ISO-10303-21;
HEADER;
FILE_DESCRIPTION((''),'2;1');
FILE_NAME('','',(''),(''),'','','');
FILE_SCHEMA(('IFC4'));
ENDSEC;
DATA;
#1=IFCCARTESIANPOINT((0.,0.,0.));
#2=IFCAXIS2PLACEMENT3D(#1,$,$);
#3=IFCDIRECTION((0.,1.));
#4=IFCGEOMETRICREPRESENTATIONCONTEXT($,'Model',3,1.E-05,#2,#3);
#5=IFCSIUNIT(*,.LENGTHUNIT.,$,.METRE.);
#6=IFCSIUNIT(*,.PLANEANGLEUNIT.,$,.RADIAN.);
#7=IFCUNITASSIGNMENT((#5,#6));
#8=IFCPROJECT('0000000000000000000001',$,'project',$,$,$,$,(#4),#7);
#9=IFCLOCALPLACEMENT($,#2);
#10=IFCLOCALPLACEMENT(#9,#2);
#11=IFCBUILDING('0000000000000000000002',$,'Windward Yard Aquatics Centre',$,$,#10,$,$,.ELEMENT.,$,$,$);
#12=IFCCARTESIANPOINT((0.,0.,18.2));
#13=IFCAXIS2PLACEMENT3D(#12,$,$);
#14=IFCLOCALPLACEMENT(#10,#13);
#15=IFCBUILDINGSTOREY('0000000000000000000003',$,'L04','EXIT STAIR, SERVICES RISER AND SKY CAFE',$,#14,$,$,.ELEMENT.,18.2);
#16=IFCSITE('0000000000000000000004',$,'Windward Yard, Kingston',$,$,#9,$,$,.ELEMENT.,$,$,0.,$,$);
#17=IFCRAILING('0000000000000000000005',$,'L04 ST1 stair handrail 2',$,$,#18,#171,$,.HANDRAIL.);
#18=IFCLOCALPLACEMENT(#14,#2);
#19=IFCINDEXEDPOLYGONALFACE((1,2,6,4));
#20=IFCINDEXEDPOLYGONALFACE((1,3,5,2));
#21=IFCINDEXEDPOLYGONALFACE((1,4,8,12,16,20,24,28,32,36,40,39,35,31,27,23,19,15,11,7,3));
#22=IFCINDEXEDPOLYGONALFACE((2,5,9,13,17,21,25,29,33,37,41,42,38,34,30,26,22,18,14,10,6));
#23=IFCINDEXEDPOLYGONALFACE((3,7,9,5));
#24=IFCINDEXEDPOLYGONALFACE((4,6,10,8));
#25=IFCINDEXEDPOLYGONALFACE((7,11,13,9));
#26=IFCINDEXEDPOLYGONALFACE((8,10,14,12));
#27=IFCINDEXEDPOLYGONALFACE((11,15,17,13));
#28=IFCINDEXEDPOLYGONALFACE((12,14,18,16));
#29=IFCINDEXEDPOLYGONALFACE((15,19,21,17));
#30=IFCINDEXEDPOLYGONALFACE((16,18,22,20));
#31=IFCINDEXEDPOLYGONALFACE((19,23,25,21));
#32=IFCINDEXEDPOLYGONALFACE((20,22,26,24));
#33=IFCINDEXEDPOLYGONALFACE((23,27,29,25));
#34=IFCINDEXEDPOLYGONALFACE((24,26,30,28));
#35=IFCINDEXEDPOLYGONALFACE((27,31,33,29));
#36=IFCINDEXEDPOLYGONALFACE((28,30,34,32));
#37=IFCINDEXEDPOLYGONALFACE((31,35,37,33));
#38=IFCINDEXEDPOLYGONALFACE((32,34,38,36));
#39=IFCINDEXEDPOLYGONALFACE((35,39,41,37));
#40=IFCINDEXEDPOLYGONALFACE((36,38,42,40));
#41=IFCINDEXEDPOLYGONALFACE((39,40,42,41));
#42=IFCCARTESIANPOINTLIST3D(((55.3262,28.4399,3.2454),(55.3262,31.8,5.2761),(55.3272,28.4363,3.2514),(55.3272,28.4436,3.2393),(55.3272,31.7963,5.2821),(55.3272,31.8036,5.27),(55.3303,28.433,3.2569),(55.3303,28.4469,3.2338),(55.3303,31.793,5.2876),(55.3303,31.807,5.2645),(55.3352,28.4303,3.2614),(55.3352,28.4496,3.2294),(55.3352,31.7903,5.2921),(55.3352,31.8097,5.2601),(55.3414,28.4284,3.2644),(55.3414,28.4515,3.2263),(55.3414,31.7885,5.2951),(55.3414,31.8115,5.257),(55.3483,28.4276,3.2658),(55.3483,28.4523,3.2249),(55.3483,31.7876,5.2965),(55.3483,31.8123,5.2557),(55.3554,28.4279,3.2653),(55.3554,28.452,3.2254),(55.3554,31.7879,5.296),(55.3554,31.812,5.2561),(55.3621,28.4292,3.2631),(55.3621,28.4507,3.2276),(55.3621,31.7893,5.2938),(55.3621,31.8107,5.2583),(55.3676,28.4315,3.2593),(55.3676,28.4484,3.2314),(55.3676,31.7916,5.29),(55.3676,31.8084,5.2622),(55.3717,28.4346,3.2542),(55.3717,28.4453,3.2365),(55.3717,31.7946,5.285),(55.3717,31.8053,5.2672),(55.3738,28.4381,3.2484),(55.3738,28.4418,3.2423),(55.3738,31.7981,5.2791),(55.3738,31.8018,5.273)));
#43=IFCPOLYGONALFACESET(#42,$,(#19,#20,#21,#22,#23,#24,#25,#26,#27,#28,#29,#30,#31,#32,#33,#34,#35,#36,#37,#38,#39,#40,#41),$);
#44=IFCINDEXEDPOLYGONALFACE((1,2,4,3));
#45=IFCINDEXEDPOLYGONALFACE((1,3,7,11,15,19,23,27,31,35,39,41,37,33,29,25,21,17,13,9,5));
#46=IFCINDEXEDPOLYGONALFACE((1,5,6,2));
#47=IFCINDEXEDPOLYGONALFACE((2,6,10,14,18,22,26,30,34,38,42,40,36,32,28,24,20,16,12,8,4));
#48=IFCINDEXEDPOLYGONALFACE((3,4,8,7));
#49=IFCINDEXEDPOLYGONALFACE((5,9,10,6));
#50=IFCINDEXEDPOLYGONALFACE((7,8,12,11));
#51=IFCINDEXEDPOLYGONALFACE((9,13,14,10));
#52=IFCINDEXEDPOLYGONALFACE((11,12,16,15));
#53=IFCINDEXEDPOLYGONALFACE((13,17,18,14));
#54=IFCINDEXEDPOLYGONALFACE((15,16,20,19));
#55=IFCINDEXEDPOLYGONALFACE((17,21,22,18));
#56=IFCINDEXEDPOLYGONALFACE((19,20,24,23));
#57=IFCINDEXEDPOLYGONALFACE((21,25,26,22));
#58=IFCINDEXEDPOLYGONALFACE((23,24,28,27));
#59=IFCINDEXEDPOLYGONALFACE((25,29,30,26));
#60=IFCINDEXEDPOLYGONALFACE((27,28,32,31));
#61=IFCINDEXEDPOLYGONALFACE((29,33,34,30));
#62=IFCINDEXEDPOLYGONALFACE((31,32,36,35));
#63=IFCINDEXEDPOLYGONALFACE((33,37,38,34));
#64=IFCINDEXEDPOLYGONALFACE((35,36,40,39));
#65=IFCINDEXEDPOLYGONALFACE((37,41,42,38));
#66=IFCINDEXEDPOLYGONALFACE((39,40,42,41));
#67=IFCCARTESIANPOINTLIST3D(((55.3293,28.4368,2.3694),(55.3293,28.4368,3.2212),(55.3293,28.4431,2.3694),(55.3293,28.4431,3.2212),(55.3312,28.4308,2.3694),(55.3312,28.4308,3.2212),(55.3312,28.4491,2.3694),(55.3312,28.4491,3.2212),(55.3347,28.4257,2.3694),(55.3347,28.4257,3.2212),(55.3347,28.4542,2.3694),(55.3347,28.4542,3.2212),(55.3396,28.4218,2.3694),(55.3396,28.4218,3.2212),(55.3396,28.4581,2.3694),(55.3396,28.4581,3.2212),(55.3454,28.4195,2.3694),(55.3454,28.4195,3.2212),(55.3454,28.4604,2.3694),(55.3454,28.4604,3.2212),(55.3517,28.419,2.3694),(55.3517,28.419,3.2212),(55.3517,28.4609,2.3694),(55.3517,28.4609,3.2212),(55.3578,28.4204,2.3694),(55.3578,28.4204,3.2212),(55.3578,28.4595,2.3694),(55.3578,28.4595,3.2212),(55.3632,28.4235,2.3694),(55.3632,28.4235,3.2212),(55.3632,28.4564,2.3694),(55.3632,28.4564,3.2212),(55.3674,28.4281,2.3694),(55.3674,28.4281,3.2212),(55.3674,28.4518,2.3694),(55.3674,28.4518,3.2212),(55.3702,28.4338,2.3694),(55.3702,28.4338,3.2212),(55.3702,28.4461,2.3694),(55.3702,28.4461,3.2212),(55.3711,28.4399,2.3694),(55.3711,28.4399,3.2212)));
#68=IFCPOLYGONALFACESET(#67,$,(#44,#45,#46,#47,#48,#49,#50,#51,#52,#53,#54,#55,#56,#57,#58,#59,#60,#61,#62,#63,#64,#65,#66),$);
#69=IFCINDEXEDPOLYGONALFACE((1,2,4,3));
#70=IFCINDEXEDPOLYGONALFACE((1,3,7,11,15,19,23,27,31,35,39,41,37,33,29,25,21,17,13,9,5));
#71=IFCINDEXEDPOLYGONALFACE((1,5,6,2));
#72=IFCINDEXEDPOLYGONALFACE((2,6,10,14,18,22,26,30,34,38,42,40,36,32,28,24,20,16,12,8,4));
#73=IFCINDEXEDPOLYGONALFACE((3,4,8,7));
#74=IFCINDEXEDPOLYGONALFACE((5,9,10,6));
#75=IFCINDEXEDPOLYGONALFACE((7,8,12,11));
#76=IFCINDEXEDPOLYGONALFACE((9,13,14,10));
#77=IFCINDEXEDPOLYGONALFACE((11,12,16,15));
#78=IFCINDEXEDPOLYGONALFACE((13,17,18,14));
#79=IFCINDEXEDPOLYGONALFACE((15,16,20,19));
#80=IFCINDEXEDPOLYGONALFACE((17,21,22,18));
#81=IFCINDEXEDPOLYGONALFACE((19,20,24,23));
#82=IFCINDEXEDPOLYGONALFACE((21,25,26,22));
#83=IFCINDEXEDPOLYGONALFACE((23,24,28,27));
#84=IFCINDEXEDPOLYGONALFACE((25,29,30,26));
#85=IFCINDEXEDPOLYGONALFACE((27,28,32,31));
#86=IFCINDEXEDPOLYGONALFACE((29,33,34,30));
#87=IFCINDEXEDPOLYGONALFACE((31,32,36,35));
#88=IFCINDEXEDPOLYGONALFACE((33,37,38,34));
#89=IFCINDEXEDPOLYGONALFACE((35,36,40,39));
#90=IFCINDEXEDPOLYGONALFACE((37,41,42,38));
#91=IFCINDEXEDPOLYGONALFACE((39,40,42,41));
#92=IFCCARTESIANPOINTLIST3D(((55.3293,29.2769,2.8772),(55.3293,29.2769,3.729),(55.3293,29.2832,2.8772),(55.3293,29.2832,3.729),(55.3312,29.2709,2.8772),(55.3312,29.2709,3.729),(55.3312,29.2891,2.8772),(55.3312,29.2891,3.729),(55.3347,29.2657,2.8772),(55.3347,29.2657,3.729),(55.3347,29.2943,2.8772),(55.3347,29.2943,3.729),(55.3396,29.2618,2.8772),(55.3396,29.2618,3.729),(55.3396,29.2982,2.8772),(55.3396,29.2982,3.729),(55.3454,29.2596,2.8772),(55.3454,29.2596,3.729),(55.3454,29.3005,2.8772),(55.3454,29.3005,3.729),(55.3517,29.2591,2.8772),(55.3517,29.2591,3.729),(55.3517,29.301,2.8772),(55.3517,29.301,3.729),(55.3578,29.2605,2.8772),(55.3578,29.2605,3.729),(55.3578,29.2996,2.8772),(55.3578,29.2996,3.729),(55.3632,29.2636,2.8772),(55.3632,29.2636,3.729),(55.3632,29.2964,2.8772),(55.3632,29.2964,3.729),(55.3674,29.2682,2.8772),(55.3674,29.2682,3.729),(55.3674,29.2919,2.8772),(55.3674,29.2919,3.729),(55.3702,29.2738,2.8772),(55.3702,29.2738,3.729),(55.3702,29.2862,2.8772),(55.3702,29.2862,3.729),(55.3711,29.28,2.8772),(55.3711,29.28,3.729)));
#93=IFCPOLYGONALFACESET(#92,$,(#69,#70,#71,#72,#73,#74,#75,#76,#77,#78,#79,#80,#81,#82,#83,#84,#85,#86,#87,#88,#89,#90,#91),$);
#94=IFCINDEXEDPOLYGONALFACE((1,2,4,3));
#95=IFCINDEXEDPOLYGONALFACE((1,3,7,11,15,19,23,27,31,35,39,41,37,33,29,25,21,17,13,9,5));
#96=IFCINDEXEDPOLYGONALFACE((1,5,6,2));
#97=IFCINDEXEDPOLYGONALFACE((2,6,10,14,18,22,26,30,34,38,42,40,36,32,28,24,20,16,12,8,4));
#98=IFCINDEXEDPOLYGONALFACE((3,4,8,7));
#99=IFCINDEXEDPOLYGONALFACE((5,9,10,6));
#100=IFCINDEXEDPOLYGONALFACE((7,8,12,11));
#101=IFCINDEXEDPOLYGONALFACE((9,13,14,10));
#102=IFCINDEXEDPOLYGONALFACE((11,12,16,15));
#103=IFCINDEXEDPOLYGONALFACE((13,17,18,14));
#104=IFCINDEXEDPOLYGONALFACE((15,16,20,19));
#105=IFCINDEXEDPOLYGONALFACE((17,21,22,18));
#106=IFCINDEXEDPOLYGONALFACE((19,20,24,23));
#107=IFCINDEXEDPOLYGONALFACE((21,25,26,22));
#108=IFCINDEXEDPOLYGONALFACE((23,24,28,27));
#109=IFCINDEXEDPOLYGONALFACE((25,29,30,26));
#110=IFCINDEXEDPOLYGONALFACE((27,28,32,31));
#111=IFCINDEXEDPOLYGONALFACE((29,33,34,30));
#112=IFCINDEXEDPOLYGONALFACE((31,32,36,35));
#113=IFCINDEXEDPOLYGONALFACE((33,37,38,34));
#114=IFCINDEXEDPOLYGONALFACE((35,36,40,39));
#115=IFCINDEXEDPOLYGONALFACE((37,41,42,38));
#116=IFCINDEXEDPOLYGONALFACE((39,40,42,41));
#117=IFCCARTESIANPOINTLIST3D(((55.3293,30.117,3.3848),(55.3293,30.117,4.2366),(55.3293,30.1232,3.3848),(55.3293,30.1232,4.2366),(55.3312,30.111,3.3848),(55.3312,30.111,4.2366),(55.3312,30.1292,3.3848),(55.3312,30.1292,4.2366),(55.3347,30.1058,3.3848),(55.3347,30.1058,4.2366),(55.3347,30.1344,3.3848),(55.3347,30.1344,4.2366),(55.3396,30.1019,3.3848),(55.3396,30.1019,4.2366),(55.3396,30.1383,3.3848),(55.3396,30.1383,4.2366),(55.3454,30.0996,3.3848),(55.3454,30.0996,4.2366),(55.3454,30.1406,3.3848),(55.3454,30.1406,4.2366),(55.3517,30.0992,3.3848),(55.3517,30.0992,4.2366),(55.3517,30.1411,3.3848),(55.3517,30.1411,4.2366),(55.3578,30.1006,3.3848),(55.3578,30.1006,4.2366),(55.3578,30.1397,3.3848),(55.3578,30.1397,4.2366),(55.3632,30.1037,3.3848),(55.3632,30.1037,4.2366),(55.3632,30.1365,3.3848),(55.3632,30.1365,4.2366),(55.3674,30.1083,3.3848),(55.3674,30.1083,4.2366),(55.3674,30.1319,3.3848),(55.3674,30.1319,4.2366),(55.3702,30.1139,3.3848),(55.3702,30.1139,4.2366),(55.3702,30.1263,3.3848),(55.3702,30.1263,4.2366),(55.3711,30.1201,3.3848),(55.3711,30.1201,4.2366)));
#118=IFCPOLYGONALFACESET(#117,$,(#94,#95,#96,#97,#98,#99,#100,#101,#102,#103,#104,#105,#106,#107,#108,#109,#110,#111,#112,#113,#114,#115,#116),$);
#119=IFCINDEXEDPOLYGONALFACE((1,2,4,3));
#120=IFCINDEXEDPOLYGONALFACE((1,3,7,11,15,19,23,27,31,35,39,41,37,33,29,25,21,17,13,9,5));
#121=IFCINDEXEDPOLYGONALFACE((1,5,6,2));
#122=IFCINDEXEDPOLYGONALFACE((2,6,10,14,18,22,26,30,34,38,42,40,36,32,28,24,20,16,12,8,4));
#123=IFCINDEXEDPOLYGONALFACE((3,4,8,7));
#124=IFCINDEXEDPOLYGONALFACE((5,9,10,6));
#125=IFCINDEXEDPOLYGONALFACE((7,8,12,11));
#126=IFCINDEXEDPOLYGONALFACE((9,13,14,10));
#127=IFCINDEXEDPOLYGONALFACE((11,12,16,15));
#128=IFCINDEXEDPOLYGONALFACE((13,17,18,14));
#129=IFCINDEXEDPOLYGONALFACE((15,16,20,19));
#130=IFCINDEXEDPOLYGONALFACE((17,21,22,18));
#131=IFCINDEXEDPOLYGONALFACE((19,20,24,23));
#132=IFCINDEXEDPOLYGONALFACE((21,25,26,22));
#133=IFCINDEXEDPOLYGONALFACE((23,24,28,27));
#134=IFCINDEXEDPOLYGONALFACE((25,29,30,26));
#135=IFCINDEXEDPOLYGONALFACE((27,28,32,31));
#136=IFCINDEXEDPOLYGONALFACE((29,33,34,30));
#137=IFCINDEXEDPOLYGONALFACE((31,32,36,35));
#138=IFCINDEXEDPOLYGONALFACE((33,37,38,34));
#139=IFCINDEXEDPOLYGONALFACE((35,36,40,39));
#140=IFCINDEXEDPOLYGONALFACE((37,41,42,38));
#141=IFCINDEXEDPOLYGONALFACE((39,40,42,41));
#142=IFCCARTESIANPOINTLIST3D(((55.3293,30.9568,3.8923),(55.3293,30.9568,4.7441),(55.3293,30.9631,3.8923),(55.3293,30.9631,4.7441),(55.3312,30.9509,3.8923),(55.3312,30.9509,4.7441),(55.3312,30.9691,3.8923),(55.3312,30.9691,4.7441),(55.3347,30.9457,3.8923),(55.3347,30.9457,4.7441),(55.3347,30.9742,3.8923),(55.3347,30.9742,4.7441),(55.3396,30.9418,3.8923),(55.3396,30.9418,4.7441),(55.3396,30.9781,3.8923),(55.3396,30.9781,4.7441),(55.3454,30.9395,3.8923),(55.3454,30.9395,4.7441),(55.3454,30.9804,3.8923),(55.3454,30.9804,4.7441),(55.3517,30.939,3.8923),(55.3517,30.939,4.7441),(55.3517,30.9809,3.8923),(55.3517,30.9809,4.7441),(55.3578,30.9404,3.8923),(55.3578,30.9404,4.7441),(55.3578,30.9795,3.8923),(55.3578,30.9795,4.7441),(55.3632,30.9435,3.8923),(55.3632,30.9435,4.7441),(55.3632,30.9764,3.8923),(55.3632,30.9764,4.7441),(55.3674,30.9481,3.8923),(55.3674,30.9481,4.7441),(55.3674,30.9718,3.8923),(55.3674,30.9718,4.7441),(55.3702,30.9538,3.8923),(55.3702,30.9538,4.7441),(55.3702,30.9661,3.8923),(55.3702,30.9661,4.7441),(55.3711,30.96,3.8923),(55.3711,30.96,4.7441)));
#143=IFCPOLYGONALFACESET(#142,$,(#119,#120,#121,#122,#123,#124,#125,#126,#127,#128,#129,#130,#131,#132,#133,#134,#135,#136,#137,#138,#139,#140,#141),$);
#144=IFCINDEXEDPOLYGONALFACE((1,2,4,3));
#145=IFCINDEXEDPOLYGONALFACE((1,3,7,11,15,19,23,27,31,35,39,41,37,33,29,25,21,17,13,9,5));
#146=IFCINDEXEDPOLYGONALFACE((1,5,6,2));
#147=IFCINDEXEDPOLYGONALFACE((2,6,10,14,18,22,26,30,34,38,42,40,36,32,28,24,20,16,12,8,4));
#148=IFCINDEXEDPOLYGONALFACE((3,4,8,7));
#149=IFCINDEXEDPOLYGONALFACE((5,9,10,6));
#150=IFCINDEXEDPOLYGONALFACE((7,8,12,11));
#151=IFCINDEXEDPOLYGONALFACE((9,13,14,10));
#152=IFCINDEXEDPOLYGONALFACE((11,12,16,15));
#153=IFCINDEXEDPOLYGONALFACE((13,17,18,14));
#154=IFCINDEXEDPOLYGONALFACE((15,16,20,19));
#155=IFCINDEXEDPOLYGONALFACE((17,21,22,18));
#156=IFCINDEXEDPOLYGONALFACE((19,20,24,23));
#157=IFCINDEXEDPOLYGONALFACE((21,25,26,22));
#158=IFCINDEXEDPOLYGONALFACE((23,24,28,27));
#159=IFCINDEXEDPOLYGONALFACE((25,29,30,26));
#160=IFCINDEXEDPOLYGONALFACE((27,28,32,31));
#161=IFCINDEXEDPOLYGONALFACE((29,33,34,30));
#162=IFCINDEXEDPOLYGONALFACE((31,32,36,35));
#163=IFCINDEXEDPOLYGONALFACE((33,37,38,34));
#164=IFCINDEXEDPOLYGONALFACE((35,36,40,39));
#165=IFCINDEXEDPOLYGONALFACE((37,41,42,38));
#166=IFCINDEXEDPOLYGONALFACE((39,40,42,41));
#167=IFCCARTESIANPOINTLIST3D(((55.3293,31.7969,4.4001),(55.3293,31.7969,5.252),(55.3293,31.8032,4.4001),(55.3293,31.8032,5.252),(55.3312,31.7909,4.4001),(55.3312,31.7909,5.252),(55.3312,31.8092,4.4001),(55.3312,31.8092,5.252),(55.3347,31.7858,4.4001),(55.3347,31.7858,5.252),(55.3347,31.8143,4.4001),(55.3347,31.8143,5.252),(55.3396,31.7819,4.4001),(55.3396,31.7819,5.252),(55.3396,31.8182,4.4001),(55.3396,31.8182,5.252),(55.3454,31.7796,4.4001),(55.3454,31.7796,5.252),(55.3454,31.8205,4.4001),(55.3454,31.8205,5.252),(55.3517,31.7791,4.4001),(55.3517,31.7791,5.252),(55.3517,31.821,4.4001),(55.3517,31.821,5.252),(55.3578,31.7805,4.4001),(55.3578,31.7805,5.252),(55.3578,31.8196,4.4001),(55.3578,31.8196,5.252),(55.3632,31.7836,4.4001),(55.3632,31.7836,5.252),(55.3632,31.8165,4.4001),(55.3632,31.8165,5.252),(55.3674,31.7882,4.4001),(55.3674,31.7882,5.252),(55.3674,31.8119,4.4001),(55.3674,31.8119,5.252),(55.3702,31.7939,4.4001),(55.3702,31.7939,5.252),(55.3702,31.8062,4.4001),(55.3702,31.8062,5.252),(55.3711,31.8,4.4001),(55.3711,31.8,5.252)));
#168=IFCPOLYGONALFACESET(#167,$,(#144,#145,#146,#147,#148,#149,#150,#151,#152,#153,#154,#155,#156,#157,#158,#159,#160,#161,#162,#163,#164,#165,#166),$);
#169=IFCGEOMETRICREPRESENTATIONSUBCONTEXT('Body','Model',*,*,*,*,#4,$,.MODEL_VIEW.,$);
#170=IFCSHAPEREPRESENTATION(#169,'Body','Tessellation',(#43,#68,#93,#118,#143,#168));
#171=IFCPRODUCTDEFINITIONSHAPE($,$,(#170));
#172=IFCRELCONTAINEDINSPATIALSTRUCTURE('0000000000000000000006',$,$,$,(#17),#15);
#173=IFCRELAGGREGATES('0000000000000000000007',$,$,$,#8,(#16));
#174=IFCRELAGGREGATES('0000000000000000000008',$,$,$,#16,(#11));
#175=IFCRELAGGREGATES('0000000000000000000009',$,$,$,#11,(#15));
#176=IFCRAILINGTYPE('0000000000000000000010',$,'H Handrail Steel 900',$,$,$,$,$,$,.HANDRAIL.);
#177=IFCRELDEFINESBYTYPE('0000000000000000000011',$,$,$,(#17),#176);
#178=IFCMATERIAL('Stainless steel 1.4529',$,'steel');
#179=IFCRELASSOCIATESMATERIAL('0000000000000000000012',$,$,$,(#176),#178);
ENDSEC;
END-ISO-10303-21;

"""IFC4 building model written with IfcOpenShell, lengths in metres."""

from ifc_helpers import new_model, si_unit, direction, frame, origin, origin_2d, place, context, subcontext, project, spatial, circle, extrude, material, type_object, element, save


model = new_model("IFC4")

# Units and contexts
model_context = context("Model", 3, precision=1e-05, world=origin(), true_north=direction((0.0, 1.0)))
body_context = subcontext(model_context, "Body", "Model", "MODEL_VIEW")
ifc_project = project(units=[si_unit("LENGTHUNIT", "METRE"), si_unit("PLANEANGLEUNIT", "RADIAN")], contexts=[model_context])

# Site, building, storey
site_placement = place(None, origin())
site = spatial("IfcSite", under=ifc_project, at=site_placement, Name="Windward Yard, Kingston", CompositionType="ELEMENT", RefElevation=0.0)
building_placement = place(site_placement, origin())
building = spatial("IfcBuilding", under=site, at=building_placement, Name="Windward Yard Aquatics Centre", CompositionType="ELEMENT")
storey_placement = place(building_placement, frame((0.0, 0.0, 18.2)))
storey = spatial("IfcBuildingStorey", under=building, at=storey_placement, Name="L04", Description="EXIT STAIR, SERVICES RISER AND SKY CAFE", CompositionType="ELEMENT", Elevation=18.2)

# Railing
ifc_material_1 = material(Name="Stainless steel 1.4529", Category="steel")
railing_type_1 = type_object("IfcRailingType", Name="H Handrail Steel 900", PredefinedType="HANDRAIL", material=ifc_material_1)
railing_1_placement = place(storey_placement, frame((55.3501, 28.4399, 2.3694)))
element("IfcRailing", 1, at=railing_1_placement, inside=storey, type_object=railing_type_1, Name="L04 ST1 stair handrail 2", PredefinedType="HANDRAIL", context=body_context, shape_type="SweptSolid", body=[
    extrude(circle(Radius=0.0239, at=origin_2d()), frame((0.0, 0.0, 0.876), z_axis=(0.0, 0.855837, 0.517246), x_axis=(-1.0, 0.0, 0.0)), (0.0, 0.0, 1.0), 3.926),
    extrude(circle(Radius=0.021, at=origin_2d()), origin(), (0.0, 0.0, 1.0), 0.8518),
    extrude(circle(Radius=0.021, at=origin_2d()), frame((0.0, 0.8401, 0.5078)), (0.0, 0.0, 1.0), 0.8518),
    extrude(circle(Radius=0.021, at=origin_2d()), frame((0.0, 1.6802, 1.0154)), (0.0, 0.0, 1.0), 0.8518),
    extrude(circle(Radius=0.021, at=origin_2d()), frame((0.0, 2.52, 1.5229)), (0.0, 0.0, 1.0), 0.8518),
    extrude(circle(Radius=0.021, at=origin_2d()), frame((0.0, 3.3601, 2.0308)), (0.0, 0.0, 1.0), 0.8518),
])

save(model, "model.ifc")
